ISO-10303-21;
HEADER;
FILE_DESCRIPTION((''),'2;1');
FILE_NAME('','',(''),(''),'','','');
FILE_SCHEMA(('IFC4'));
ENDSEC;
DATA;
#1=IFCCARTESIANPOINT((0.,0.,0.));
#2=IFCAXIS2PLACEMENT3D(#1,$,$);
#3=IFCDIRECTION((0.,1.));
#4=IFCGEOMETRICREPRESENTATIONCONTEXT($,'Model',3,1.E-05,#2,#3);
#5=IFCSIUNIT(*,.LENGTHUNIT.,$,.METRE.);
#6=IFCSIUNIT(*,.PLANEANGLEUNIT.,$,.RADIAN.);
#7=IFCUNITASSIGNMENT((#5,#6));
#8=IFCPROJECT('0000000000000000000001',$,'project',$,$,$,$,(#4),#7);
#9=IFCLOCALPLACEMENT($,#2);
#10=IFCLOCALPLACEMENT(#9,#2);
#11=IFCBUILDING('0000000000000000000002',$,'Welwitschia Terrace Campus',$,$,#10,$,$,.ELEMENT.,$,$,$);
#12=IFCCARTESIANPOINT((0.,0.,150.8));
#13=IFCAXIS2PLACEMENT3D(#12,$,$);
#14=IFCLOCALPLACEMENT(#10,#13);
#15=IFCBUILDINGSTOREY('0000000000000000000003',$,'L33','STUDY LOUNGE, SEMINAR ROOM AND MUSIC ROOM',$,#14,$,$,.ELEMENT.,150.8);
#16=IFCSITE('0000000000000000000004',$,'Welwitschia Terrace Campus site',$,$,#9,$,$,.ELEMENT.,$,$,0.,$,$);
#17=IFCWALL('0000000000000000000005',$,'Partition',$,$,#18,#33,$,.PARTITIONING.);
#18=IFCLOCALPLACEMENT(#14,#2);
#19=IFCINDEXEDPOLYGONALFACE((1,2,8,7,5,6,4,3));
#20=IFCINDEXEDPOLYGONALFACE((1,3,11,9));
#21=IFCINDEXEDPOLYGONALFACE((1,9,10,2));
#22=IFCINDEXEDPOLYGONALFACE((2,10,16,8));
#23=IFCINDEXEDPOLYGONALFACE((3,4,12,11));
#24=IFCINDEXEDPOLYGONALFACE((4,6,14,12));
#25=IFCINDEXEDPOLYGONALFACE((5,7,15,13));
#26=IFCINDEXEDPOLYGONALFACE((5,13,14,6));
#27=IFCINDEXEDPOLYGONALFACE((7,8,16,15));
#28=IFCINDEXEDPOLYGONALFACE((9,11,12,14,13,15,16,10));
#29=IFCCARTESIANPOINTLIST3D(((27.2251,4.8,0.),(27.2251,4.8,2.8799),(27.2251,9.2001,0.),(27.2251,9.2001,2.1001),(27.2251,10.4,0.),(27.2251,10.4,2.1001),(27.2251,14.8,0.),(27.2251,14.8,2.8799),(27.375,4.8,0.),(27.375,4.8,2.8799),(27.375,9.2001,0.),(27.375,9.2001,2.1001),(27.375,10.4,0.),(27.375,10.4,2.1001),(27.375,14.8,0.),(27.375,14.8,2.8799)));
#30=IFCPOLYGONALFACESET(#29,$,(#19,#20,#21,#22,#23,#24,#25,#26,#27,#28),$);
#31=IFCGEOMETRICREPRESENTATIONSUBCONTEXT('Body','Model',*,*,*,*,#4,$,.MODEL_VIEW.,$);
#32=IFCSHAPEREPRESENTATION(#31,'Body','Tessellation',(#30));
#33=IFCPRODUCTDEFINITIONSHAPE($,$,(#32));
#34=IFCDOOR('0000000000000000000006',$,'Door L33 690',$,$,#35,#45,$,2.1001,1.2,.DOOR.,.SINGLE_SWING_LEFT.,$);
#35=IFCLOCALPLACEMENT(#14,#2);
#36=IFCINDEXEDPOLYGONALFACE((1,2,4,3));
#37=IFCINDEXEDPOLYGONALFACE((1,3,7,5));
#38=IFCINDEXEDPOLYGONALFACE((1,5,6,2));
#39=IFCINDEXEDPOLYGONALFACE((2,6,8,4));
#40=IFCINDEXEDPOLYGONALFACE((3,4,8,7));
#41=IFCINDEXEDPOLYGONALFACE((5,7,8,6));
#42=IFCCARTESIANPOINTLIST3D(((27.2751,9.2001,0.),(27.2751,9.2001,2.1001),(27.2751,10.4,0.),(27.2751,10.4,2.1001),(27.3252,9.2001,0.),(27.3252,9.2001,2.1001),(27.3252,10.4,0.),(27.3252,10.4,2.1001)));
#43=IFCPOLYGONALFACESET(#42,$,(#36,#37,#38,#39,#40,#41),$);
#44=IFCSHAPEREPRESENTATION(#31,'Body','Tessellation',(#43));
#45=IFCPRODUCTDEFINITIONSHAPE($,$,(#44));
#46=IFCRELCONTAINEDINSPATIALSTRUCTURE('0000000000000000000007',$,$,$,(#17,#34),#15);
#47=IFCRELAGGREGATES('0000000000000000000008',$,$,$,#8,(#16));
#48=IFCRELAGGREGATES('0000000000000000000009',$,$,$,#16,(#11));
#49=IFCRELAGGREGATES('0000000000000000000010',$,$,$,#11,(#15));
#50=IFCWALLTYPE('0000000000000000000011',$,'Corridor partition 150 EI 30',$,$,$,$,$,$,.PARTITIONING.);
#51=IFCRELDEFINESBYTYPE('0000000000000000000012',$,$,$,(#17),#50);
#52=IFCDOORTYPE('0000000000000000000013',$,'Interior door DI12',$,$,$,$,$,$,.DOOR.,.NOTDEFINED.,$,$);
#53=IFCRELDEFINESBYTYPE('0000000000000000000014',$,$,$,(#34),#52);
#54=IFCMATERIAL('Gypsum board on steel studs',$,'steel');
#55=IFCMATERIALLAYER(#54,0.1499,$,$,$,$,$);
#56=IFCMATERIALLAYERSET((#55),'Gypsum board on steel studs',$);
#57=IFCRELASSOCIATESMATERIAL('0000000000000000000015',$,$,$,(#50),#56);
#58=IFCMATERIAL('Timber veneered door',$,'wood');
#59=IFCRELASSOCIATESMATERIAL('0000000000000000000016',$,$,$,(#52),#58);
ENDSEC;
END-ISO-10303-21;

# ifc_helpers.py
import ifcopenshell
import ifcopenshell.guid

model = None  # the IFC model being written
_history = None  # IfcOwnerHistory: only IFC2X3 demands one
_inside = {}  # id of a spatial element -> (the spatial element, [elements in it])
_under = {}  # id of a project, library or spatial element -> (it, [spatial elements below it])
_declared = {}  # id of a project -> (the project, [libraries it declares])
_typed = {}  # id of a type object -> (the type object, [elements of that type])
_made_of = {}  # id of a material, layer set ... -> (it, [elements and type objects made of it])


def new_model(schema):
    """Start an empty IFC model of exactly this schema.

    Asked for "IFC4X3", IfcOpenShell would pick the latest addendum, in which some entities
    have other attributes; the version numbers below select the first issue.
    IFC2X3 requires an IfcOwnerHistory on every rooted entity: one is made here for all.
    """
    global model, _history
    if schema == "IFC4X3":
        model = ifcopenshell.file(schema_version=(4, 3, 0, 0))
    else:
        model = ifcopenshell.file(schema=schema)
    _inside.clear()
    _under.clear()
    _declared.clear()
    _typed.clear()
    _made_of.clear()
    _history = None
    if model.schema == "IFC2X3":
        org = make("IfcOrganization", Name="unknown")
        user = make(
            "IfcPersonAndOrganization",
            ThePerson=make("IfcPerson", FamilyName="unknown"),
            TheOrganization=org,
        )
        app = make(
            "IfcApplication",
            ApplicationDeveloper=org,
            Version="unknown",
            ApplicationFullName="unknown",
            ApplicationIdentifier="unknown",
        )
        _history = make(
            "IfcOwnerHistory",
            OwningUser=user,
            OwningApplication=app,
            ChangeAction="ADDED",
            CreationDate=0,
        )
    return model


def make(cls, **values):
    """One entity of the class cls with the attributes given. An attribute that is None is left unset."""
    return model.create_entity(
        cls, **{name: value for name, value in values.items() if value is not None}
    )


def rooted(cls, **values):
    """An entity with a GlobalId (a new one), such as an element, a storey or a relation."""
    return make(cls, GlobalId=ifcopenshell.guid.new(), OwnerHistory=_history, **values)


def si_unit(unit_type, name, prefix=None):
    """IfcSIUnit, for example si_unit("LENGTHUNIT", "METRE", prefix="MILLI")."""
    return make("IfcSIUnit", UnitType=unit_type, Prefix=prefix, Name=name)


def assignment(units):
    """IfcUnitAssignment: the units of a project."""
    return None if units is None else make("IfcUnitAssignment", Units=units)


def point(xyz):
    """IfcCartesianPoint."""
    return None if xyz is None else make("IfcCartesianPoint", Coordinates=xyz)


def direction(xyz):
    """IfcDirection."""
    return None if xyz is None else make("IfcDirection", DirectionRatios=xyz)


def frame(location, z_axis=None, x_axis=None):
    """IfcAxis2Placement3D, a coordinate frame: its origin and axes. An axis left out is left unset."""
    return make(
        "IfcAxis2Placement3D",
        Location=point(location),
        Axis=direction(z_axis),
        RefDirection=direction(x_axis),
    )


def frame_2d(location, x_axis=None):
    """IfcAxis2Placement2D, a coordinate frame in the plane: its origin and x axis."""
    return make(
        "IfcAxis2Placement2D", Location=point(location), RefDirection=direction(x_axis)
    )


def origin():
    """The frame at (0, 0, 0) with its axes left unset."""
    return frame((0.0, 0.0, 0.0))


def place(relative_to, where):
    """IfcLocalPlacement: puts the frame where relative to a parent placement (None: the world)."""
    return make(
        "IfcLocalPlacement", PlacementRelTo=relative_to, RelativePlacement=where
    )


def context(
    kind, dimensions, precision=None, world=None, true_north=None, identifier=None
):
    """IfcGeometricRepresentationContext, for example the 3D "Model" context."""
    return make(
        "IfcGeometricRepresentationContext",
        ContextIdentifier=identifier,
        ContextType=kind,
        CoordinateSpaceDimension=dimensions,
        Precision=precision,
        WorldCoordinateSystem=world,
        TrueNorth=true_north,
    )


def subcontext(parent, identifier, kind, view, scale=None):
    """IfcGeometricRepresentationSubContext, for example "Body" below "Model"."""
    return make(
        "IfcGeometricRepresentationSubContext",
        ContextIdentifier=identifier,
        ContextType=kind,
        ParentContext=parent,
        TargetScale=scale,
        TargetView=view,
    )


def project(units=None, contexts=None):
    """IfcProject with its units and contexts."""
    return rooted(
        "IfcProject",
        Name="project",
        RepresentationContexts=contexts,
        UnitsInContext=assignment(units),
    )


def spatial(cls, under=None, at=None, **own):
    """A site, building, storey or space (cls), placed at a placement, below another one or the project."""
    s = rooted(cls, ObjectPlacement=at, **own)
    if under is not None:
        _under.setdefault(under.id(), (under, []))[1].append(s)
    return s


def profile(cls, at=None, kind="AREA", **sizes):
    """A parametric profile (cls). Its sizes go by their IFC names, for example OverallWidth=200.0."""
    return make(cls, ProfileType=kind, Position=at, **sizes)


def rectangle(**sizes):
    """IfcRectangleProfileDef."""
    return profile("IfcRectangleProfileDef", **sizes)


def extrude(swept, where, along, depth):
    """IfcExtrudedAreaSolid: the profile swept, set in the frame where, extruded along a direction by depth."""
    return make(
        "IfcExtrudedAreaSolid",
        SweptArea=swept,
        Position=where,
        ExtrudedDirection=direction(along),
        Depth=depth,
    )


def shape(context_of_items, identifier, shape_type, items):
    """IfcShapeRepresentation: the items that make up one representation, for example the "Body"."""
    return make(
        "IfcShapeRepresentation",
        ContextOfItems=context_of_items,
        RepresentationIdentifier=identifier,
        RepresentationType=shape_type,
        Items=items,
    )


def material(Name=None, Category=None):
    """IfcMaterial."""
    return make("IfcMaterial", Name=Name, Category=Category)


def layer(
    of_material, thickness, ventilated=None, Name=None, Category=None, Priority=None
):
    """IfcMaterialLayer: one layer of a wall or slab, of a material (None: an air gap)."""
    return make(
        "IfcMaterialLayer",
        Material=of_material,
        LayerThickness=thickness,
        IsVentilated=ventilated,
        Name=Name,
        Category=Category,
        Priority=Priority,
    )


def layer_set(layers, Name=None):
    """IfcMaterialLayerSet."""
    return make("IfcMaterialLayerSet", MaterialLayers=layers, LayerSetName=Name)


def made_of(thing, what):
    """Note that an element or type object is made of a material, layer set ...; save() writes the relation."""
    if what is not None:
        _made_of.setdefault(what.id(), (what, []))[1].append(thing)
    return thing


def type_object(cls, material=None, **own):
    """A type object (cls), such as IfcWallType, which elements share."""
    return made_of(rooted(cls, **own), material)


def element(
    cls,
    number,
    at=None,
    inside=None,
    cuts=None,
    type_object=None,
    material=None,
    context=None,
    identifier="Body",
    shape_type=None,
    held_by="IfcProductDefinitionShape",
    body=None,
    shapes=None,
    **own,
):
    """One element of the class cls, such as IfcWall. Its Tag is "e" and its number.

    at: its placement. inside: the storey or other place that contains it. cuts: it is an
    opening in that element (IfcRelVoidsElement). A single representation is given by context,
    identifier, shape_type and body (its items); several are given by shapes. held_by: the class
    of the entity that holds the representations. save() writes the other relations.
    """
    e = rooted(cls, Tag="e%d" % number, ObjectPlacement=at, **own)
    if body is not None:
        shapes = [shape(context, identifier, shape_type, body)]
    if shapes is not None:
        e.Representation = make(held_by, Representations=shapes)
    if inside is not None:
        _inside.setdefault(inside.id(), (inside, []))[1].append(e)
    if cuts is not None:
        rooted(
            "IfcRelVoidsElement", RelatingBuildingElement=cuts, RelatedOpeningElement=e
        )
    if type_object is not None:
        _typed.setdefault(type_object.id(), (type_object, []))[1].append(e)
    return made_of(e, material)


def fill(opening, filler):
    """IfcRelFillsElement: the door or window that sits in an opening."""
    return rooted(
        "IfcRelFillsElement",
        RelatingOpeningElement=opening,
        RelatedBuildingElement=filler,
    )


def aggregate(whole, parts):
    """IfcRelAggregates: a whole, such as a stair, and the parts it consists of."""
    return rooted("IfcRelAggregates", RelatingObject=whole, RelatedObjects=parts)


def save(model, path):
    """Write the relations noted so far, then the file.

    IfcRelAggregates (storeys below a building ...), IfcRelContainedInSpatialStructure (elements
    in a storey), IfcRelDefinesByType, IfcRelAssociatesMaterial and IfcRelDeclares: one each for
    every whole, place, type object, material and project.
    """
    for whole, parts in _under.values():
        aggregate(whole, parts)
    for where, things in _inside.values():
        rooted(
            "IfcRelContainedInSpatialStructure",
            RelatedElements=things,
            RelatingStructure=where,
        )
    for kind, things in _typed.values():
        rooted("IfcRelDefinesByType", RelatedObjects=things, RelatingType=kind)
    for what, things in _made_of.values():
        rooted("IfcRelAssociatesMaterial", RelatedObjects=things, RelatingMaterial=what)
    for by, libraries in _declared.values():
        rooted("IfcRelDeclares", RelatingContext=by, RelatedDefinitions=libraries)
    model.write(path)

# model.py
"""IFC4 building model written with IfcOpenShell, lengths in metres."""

from ifc_helpers import new_model, si_unit, direction, frame, frame_2d, origin, place, context, subcontext, project, spatial, rectangle, extrude, material, layer, layer_set, type_object, element, fill, save


model = new_model("IFC4")

# Units and contexts
model_context = context("Model", 3, precision=1e-05, world=origin(), true_north=direction((0.0, 1.0)))
body_context = subcontext(model_context, "Body", "Model", "MODEL_VIEW")
ifc_project = project(units=[si_unit("LENGTHUNIT", "METRE"), si_unit("PLANEANGLEUNIT", "RADIAN")], contexts=[model_context])

# Site, building, storey
site_placement = place(None, origin())
site = spatial("IfcSite", under=ifc_project, at=site_placement, Name="Welwitschia Terrace Campus site", CompositionType="ELEMENT", RefElevation=0.0)
building_placement = place(site_placement, origin())
building = spatial("IfcBuilding", under=site, at=building_placement, Name="Welwitschia Terrace Campus", CompositionType="ELEMENT")
storey_placement = place(building_placement, frame((0.0, 0.0, 150.8)))
storey = spatial("IfcBuildingStorey", under=building, at=storey_placement, Name="L33", Description="STUDY LOUNGE, SEMINAR ROOM AND MUSIC ROOM", CompositionType="ELEMENT", Elevation=150.8)

# Shared definitions
ifc_material_1 = material(Name="Gypsum board on steel studs", Category="steel")
ifc_layer_1 = layer(ifc_material_1, 0.1499)
ifc_layer_set_1 = layer_set([ifc_layer_1], Name="Gypsum board on steel studs")
wall_type = type_object("IfcWallType", Name="Corridor partition 150 EI 30", PredefinedType="PARTITIONING", material=ifc_layer_set_1)

# Shared definitions
ifc_material_2 = material(Name="Timber veneered door", Category="wood")
door_type = type_object("IfcDoorType", Name="Interior door DI12", OperationType="NOTDEFINED", PredefinedType="DOOR", material=ifc_material_2)

# Wall, opening, door
wall_1_placement = place(storey_placement, frame((27.3, 4.8, 0.0), z_axis=(0.0, 0.0, 1.0), x_axis=(0.0, 1.0, 0.0)))
wall_1 = element("IfcWall", 1, at=wall_1_placement, inside=storey, type_object=wall_type, Name="Partition", PredefinedType="PARTITIONING", context=body_context, shape_type="SweptSolid", body=[
    extrude(rectangle(XDim=10.0, YDim=0.1499, at=frame_2d((5.0, 0.0))), origin(), (0.0, 0.0, 1.0), 2.8799),
])
opening_1_placement = place(wall_1_placement, frame((4.3999, 0.0, 0.0)))
opening_1 = element("IfcOpeningElement", 2, at=opening_1_placement, cuts=wall_1, PredefinedType="OPENING", context=body_context, shape_type="SweptSolid", body=[
    extrude(rectangle(XDim=1.2, YDim=2.1001, at=frame_2d((0.6001, 1.05))), frame((0.0, 0.085, 0.0), z_axis=(0.0, -1.0, 0.0), x_axis=(1.0, 0.0, 0.0)), (0.0, 0.0, 1.0), 0.1699),
])
door_1_placement = place(opening_1_placement, origin())
door_1 = element("IfcDoor", 3, at=door_1_placement, inside=storey, type_object=door_type, Name="Door L33 690", OperationType="SINGLE_SWING_LEFT", OverallHeight=2.1001, OverallWidth=1.2, PredefinedType="DOOR", context=body_context, shape_type="SweptSolid", body=[
    extrude(rectangle(XDim=1.2, YDim=2.1001, at=frame_2d((0.6001, 1.05))), frame((0.0, 0.0249, 0.0), z_axis=(0.0, -1.0, 0.0), x_axis=(1.0, 0.0, 0.0)), (0.0, 0.0, 1.0), 0.05),
])
fill(opening_1, door_1)

save(model, "model.ifc")
